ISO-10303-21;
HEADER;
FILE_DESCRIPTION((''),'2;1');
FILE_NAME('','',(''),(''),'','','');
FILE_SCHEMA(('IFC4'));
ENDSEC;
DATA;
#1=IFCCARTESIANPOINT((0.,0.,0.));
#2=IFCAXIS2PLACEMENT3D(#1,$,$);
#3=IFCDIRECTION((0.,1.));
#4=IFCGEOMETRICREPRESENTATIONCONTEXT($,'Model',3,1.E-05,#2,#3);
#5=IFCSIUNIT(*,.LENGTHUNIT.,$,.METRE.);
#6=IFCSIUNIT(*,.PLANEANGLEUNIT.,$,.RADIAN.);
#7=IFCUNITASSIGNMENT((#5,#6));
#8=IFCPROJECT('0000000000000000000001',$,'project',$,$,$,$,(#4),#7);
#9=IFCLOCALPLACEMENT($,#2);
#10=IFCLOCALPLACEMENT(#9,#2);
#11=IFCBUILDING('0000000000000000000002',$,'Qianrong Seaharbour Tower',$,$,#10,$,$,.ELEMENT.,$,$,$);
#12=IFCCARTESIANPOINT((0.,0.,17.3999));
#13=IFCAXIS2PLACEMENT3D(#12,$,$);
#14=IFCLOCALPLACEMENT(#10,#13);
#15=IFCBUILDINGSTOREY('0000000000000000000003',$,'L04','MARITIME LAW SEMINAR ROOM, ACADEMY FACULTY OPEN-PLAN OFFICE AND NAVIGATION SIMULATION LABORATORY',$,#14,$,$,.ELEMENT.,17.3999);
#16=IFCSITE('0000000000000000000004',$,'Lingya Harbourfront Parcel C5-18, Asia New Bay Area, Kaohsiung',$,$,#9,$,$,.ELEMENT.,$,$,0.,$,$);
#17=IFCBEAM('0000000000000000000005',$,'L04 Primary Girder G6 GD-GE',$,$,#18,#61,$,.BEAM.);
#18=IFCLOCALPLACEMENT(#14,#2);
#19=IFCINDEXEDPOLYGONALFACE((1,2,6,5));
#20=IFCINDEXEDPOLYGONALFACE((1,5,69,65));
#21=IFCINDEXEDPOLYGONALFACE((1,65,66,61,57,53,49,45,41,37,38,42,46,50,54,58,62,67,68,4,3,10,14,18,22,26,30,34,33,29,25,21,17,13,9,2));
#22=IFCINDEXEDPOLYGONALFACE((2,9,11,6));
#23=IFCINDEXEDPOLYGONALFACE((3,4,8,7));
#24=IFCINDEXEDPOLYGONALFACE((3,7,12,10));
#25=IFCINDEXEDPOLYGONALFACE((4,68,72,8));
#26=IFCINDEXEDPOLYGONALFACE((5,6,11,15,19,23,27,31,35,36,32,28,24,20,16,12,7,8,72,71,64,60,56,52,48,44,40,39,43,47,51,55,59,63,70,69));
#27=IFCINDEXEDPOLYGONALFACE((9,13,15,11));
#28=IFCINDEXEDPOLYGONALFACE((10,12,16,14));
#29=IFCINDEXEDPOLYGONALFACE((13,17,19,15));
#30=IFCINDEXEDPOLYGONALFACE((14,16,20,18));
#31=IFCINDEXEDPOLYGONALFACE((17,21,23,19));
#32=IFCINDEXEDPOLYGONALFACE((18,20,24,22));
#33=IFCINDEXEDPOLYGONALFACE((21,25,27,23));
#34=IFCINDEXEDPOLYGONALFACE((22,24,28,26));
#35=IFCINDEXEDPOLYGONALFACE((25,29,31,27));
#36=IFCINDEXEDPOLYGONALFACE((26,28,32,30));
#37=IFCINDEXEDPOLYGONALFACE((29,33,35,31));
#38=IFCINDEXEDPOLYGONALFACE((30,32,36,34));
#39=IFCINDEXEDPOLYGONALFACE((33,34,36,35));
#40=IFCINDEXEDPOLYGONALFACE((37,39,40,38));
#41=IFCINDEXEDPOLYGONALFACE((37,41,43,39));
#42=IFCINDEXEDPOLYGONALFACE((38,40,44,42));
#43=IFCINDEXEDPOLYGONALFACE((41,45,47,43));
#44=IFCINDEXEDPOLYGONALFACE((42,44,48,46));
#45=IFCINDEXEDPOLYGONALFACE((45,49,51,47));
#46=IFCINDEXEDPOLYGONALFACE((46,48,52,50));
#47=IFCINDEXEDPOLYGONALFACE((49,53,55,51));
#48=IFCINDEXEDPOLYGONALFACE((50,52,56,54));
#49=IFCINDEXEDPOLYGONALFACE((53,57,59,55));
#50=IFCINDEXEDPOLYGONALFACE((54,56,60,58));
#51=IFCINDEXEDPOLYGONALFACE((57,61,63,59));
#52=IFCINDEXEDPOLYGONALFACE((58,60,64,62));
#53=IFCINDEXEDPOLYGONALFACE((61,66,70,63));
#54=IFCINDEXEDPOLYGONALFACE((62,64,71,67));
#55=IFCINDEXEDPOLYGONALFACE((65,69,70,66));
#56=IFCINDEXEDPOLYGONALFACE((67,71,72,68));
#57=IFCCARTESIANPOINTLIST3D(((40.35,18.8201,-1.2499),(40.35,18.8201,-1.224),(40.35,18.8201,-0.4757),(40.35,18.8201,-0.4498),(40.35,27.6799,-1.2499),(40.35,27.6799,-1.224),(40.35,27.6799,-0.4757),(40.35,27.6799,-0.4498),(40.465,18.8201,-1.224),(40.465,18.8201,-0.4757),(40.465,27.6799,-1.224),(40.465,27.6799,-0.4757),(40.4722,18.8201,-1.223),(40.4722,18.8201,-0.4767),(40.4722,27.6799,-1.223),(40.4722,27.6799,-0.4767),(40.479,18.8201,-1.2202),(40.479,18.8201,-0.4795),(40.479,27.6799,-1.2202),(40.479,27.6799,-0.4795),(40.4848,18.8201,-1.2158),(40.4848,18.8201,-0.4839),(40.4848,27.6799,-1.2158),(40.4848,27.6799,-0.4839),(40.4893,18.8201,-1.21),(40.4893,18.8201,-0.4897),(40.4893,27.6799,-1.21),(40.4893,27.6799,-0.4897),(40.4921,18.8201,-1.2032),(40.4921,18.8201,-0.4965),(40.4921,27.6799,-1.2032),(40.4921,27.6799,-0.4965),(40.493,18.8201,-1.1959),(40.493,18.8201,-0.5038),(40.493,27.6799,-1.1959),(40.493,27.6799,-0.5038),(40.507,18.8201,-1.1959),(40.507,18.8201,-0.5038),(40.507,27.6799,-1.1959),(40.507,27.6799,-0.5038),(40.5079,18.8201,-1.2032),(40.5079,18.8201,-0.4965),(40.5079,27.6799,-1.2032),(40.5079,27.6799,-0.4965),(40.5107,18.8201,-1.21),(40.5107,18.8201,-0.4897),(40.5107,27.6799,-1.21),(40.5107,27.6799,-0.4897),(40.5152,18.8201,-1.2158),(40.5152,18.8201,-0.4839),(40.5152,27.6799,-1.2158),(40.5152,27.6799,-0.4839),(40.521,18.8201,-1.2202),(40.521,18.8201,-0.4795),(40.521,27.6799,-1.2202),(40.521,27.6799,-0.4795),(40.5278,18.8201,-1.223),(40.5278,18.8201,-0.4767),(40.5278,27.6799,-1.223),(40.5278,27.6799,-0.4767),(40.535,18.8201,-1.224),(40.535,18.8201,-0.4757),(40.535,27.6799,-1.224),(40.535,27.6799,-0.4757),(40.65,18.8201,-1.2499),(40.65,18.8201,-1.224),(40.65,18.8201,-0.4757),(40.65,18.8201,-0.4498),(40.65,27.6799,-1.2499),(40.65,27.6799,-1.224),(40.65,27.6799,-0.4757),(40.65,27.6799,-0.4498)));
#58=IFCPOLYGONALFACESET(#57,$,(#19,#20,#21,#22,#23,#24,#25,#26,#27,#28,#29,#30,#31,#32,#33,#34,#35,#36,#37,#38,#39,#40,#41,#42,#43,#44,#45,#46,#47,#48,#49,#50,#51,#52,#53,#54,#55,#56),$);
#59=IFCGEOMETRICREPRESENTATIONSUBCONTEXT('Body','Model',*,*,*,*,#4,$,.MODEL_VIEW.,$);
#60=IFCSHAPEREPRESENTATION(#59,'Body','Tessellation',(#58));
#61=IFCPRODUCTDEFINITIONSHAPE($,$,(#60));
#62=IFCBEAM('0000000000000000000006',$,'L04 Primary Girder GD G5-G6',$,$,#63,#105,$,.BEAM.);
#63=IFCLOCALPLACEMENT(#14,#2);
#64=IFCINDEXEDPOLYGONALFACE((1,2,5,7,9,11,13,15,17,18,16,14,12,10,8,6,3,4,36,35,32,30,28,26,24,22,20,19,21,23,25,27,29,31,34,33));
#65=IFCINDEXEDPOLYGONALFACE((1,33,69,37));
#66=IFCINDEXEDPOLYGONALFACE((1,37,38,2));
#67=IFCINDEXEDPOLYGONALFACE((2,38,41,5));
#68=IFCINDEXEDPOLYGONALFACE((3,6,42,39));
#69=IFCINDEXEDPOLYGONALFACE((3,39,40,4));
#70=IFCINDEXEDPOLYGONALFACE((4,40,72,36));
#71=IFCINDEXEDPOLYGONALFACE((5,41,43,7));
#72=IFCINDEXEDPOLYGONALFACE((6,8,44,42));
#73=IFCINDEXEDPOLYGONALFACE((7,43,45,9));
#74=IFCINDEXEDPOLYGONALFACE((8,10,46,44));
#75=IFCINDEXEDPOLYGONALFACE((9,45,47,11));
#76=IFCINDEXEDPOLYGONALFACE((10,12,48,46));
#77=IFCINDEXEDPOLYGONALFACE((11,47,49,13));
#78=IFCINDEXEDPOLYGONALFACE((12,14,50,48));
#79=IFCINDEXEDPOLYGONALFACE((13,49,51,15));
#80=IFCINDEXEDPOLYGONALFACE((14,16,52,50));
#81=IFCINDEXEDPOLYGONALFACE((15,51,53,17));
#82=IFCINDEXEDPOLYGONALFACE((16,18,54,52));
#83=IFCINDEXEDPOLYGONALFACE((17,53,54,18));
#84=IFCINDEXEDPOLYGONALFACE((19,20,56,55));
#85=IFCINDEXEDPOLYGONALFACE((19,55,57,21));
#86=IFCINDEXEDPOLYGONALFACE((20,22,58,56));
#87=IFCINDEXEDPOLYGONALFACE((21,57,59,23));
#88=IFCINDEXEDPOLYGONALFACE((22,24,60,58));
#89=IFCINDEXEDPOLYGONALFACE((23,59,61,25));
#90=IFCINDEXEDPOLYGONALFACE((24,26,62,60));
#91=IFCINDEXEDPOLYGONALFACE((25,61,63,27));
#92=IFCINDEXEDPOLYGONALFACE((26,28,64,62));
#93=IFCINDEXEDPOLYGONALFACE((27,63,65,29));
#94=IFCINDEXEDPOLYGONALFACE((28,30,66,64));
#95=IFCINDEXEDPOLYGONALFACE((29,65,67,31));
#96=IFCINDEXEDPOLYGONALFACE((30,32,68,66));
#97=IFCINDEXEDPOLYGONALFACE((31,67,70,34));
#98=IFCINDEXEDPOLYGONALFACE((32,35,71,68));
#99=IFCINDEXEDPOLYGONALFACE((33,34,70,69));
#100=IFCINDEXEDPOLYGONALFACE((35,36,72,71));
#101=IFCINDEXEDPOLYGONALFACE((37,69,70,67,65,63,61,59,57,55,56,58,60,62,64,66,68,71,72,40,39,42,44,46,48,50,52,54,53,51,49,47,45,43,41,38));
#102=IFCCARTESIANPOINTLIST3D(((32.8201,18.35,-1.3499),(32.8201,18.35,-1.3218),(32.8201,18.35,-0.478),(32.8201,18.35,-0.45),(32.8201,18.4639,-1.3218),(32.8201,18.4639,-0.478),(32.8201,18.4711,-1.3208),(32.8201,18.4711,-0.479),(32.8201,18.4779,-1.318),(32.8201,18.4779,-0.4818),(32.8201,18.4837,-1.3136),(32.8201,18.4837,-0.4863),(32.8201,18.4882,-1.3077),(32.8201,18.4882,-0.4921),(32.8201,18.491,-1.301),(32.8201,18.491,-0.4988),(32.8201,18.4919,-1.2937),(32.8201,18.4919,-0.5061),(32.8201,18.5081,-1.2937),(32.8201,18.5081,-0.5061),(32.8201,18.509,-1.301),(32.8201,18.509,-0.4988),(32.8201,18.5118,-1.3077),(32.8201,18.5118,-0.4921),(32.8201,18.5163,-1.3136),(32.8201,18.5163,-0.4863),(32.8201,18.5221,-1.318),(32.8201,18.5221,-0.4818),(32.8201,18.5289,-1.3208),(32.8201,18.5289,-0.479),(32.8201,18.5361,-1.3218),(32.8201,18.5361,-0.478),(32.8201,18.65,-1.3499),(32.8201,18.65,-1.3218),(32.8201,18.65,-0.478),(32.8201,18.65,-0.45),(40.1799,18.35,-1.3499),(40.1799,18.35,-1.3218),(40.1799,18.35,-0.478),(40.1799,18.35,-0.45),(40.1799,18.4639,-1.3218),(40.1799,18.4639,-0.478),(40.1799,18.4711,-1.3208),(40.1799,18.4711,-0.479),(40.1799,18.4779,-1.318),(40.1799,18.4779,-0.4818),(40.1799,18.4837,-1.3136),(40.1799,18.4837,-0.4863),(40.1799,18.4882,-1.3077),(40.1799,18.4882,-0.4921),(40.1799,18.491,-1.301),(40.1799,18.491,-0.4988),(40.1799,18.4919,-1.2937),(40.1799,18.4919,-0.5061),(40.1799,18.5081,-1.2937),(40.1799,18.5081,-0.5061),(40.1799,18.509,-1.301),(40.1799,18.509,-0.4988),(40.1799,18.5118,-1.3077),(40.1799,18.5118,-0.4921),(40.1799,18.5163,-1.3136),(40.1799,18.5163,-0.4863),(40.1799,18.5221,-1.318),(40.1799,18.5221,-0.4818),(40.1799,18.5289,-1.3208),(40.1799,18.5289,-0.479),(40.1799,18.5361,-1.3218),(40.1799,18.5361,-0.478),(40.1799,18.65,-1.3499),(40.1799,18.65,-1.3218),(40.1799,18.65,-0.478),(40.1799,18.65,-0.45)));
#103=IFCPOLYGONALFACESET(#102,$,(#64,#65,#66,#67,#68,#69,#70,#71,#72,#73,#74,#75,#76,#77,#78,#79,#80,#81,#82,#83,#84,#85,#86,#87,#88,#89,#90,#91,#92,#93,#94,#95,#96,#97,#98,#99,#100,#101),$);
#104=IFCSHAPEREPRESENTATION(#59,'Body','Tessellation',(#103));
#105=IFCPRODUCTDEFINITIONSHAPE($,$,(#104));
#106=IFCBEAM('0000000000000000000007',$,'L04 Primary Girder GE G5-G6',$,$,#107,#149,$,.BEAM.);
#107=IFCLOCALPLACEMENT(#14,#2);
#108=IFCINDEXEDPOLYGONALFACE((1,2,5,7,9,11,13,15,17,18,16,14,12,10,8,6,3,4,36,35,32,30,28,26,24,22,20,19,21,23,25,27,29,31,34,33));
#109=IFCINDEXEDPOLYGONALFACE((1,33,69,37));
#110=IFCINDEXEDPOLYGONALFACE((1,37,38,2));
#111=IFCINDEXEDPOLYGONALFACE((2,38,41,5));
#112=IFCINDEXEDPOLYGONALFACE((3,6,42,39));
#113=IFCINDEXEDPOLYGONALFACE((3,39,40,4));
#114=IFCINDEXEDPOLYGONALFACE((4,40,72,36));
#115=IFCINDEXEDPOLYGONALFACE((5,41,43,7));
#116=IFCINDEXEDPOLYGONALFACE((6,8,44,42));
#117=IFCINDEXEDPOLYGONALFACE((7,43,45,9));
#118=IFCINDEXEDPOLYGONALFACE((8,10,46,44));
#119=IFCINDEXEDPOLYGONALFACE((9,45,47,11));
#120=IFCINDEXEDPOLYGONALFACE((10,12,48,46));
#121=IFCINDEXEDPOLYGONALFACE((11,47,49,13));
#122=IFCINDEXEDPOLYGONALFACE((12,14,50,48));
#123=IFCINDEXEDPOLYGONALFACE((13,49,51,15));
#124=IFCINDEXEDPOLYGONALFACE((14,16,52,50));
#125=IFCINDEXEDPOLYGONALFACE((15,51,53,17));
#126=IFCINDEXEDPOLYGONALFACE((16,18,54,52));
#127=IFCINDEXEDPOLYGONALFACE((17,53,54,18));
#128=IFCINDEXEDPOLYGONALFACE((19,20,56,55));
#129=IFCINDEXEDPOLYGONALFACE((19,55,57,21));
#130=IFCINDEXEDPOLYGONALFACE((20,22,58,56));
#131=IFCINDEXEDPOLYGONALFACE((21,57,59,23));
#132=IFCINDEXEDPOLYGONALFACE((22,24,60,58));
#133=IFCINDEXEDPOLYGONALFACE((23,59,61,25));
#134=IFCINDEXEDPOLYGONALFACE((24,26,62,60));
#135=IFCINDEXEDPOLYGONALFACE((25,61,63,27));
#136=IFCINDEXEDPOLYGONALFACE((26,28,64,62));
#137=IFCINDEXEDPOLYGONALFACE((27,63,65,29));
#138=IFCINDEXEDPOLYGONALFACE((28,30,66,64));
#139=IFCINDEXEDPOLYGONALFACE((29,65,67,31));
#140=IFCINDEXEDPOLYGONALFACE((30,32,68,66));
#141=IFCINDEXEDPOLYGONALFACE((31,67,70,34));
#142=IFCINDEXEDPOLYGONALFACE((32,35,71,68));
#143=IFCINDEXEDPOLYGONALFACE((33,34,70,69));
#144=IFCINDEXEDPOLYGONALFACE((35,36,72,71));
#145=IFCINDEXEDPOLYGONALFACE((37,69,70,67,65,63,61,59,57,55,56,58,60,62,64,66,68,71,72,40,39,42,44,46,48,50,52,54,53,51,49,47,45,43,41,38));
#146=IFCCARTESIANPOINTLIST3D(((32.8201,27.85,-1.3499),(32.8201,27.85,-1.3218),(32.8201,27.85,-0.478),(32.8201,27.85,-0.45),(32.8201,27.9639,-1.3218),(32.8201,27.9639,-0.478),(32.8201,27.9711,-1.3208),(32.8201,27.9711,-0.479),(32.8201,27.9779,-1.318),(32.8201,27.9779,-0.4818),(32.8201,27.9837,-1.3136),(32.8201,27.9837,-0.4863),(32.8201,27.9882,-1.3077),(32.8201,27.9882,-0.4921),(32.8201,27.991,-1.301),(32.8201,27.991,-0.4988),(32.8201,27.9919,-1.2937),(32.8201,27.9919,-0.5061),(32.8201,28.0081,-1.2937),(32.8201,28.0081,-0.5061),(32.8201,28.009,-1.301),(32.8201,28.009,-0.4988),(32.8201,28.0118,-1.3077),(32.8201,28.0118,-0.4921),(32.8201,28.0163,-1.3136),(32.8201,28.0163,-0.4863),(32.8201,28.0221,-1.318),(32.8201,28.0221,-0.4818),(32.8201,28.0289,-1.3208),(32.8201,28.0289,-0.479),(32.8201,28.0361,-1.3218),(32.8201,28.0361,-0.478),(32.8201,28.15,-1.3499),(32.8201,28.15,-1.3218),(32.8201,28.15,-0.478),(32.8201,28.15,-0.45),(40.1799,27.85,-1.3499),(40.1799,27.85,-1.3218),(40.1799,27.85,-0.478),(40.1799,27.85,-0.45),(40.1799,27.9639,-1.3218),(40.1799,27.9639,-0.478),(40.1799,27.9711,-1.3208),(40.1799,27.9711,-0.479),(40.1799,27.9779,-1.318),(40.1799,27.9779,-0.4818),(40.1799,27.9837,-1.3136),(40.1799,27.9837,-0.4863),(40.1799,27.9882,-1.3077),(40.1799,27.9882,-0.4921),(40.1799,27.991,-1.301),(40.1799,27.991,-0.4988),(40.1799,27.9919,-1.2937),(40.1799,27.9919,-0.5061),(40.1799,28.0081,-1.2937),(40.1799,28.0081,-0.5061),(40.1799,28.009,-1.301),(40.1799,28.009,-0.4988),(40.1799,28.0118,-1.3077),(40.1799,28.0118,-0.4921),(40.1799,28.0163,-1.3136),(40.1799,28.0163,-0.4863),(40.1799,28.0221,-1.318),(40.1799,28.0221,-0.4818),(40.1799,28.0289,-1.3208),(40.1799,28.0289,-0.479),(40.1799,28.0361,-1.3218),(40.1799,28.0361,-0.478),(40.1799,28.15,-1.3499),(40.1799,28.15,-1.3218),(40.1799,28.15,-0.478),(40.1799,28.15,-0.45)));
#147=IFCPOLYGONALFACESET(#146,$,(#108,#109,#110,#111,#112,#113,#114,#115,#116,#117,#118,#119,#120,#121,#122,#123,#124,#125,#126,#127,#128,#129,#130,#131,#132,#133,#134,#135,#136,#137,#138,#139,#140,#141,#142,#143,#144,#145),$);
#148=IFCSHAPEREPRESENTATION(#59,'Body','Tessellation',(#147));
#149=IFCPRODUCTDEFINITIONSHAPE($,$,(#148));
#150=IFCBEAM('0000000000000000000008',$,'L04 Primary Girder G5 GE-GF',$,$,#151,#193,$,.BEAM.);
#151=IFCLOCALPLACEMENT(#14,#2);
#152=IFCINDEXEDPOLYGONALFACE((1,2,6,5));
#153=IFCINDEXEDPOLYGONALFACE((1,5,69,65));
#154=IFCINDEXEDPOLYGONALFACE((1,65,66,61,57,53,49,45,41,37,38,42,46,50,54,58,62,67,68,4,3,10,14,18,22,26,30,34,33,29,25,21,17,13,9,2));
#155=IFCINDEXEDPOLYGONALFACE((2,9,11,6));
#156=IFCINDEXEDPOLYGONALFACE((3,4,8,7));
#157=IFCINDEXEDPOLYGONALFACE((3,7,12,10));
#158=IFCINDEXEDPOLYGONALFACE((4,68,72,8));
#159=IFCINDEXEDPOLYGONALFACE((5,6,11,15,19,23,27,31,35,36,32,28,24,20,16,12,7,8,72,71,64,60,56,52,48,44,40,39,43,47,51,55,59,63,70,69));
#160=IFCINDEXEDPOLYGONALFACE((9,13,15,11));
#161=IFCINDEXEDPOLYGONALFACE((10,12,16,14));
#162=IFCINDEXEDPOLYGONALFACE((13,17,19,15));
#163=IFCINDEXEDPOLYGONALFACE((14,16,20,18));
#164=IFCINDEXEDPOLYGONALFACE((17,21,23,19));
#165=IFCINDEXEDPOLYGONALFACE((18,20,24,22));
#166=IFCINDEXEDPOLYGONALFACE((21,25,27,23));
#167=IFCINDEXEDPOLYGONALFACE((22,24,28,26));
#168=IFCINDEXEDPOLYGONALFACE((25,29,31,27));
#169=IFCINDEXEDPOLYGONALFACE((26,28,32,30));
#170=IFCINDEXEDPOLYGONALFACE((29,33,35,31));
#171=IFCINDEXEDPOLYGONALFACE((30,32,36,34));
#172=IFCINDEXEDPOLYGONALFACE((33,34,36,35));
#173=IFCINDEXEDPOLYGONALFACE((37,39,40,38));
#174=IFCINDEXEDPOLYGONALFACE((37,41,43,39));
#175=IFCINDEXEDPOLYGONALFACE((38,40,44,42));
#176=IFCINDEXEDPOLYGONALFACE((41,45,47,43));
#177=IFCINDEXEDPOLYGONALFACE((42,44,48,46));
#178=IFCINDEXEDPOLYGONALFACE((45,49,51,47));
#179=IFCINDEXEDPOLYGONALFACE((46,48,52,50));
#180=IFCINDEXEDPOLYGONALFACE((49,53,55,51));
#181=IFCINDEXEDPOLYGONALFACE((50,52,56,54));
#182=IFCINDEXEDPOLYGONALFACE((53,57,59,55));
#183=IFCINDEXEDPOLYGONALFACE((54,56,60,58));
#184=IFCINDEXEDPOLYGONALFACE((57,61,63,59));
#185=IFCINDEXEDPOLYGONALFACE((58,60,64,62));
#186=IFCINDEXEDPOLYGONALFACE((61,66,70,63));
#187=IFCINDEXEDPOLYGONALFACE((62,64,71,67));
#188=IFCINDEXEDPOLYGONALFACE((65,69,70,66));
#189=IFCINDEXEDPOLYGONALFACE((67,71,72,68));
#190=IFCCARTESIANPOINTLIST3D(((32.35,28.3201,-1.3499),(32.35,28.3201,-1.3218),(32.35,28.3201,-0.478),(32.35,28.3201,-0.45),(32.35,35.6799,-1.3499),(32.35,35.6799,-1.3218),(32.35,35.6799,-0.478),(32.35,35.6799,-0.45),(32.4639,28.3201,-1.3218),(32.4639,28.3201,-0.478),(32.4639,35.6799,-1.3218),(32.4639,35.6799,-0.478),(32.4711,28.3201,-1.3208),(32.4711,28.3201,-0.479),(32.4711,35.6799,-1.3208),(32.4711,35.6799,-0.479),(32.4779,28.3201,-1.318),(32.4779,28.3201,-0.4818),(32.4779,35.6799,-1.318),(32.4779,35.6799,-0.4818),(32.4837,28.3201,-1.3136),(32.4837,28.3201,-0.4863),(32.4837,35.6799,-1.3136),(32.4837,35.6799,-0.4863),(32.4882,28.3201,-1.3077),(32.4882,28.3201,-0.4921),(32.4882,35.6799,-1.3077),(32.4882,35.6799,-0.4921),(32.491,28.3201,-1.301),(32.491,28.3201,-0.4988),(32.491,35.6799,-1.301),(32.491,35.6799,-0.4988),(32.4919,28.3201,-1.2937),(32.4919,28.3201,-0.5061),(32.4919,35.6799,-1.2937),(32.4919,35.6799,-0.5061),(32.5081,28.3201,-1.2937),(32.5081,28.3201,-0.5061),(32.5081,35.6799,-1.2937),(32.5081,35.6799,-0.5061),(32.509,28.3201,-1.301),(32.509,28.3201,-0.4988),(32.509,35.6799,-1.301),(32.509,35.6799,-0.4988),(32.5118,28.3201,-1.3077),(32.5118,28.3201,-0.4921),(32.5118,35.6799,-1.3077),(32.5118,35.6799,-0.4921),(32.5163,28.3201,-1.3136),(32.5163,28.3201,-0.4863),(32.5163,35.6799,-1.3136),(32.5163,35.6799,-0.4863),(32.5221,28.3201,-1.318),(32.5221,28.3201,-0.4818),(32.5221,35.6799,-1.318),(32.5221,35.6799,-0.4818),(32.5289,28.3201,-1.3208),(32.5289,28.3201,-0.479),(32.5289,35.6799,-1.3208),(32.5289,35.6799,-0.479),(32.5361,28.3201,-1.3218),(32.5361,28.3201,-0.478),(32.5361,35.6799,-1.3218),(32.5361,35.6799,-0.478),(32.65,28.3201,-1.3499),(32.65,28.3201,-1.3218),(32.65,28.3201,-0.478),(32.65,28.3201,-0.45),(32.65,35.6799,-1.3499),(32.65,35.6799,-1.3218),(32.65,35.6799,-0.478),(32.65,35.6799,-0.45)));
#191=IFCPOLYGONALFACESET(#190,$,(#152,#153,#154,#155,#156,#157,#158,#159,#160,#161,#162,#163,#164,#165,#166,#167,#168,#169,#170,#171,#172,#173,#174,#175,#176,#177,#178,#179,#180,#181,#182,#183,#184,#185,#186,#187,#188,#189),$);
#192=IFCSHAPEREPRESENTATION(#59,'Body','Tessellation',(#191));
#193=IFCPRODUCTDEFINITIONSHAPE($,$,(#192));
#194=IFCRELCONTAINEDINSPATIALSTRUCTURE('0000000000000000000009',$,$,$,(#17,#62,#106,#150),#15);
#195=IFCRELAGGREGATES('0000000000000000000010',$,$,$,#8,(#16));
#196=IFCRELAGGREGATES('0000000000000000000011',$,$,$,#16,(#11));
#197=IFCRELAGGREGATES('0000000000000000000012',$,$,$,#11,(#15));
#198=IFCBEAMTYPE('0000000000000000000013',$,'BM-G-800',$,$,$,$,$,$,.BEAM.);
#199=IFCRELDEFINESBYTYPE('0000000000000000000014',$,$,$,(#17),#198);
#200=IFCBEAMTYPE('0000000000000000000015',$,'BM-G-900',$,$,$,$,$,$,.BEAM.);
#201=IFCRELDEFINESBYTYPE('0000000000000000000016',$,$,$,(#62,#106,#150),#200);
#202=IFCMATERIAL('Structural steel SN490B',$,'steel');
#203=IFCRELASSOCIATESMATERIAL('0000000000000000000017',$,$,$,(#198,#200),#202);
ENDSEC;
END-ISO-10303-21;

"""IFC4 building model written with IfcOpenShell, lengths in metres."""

from ifc_helpers import new_model, si_unit, direction, frame, origin, origin_2d, place, context, subcontext, project, spatial, i_section, extrude, material, material_profile, profile_set, type_object, element, save


model = new_model("IFC4")

# Units and contexts
model_context = context("Model", 3, precision=1e-05, world=origin(), true_north=direction((0.0, 1.0)))
body_context = subcontext(model_context, "Body", "Model", "MODEL_VIEW")
ifc_project = project(units=[si_unit("LENGTHUNIT", "METRE"), si_unit("PLANEANGLEUNIT", "RADIAN")], contexts=[model_context])

# Site, building, storey
site_placement = place(None, origin())
site = spatial("IfcSite", under=ifc_project, at=site_placement, Name="Lingya Harbourfront Parcel C5-18, Asia New Bay Area, Kaohsiung", CompositionType="ELEMENT", RefElevation=0.0)
building_placement = place(site_placement, origin())
building = spatial("IfcBuilding", under=site, at=building_placement, Name="Qianrong Seaharbour Tower", CompositionType="ELEMENT")
storey_placement = place(building_placement, frame((0.0, 0.0, 17.3999)))
storey = spatial("IfcBuildingStorey", under=building, at=storey_placement, Name="L04", Description="MARITIME LAW SEMINAR ROOM, ACADEMY FACULTY OPEN-PLAN OFFICE AND NAVIGATION SIMULATION LABORATORY", CompositionType="ELEMENT", Elevation=17.3999)

# Shared definitions
ifc_material_1 = material(Name="Structural steel SN490B", Category="steel")

# Beams
ifc_material_profile_1 = material_profile(ifc_material_1, i_section(OverallWidth=0.3, OverallDepth=0.8, WebThickness=0.0139, FlangeThickness=0.0259, FilletRadius=0.0281, at=origin_2d()), Name="H800x300x14x26")
ifc_profile_set_1 = profile_set([ifc_material_profile_1], Name="Structural steel SN490B")
beam_type_1 = type_object("IfcBeamType", Name="BM-G-800", PredefinedType="BEAM", material=ifc_profile_set_1)
for number, where, z_axis, x_axis, name in (
    (1, (40.5, 18.8201, -0.8499), (0.0, 1.0, 0.0), (-1.0, 0.0, 0.0), "L04 Primary Girder G6 GD-GE"),
):
    element("IfcBeam", number, at=place(storey_placement, frame(where, z_axis=z_axis, x_axis=x_axis)), inside=storey, type_object=beam_type_1, Name=name, PredefinedType="BEAM", context=body_context, shape_type="SweptSolid", body=[
        extrude(i_section(OverallWidth=0.3, OverallDepth=0.8, WebThickness=0.0139, FlangeThickness=0.0259, FilletRadius=0.0281, at=origin_2d()), origin(), (0.0, 0.0, 1.0), 8.8599),
    ])
ifc_material_profile_2 = material_profile(ifc_material_1, i_section(OverallWidth=0.3, OverallDepth=0.8999, WebThickness=0.0161, FlangeThickness=0.0281, FilletRadius=0.0281, at=origin_2d()), Name="H900x300x16x28")
ifc_profile_set_2 = profile_set([ifc_material_profile_2], Name="Structural steel SN490B")
beam_type_2 = type_object("IfcBeamType", Name="BM-G-900", PredefinedType="BEAM", material=ifc_profile_set_2)
for number, where, z_axis, x_axis, name in (
    (2, (32.8201, 18.5, -0.8999), (1.0, 0.0, 0.0), (0.0, 1.0, 0.0), "L04 Primary Girder GD G5-G6"),
    (3, (32.8201, 28.0, -0.8999), (1.0, 0.0, 0.0), (0.0, 1.0, 0.0), "L04 Primary Girder GE G5-G6"),
    (4, (32.5, 28.3201, -0.8999), (0.0, 1.0, 0.0), (-1.0, 0.0, 0.0), "L04 Primary Girder G5 GE-GF"),
):
    element("IfcBeam", number, at=place(storey_placement, frame(where, z_axis=z_axis, x_axis=x_axis)), inside=storey, type_object=beam_type_2, Name=name, PredefinedType="BEAM", context=body_context, shape_type="SweptSolid", body=[
        extrude(i_section(OverallWidth=0.3, OverallDepth=0.8999, WebThickness=0.0161, FlangeThickness=0.0281, FilletRadius=0.0281, at=origin_2d()), origin(), (0.0, 0.0, 1.0), 7.3599),
    ])

save(model, "model.ifc")
